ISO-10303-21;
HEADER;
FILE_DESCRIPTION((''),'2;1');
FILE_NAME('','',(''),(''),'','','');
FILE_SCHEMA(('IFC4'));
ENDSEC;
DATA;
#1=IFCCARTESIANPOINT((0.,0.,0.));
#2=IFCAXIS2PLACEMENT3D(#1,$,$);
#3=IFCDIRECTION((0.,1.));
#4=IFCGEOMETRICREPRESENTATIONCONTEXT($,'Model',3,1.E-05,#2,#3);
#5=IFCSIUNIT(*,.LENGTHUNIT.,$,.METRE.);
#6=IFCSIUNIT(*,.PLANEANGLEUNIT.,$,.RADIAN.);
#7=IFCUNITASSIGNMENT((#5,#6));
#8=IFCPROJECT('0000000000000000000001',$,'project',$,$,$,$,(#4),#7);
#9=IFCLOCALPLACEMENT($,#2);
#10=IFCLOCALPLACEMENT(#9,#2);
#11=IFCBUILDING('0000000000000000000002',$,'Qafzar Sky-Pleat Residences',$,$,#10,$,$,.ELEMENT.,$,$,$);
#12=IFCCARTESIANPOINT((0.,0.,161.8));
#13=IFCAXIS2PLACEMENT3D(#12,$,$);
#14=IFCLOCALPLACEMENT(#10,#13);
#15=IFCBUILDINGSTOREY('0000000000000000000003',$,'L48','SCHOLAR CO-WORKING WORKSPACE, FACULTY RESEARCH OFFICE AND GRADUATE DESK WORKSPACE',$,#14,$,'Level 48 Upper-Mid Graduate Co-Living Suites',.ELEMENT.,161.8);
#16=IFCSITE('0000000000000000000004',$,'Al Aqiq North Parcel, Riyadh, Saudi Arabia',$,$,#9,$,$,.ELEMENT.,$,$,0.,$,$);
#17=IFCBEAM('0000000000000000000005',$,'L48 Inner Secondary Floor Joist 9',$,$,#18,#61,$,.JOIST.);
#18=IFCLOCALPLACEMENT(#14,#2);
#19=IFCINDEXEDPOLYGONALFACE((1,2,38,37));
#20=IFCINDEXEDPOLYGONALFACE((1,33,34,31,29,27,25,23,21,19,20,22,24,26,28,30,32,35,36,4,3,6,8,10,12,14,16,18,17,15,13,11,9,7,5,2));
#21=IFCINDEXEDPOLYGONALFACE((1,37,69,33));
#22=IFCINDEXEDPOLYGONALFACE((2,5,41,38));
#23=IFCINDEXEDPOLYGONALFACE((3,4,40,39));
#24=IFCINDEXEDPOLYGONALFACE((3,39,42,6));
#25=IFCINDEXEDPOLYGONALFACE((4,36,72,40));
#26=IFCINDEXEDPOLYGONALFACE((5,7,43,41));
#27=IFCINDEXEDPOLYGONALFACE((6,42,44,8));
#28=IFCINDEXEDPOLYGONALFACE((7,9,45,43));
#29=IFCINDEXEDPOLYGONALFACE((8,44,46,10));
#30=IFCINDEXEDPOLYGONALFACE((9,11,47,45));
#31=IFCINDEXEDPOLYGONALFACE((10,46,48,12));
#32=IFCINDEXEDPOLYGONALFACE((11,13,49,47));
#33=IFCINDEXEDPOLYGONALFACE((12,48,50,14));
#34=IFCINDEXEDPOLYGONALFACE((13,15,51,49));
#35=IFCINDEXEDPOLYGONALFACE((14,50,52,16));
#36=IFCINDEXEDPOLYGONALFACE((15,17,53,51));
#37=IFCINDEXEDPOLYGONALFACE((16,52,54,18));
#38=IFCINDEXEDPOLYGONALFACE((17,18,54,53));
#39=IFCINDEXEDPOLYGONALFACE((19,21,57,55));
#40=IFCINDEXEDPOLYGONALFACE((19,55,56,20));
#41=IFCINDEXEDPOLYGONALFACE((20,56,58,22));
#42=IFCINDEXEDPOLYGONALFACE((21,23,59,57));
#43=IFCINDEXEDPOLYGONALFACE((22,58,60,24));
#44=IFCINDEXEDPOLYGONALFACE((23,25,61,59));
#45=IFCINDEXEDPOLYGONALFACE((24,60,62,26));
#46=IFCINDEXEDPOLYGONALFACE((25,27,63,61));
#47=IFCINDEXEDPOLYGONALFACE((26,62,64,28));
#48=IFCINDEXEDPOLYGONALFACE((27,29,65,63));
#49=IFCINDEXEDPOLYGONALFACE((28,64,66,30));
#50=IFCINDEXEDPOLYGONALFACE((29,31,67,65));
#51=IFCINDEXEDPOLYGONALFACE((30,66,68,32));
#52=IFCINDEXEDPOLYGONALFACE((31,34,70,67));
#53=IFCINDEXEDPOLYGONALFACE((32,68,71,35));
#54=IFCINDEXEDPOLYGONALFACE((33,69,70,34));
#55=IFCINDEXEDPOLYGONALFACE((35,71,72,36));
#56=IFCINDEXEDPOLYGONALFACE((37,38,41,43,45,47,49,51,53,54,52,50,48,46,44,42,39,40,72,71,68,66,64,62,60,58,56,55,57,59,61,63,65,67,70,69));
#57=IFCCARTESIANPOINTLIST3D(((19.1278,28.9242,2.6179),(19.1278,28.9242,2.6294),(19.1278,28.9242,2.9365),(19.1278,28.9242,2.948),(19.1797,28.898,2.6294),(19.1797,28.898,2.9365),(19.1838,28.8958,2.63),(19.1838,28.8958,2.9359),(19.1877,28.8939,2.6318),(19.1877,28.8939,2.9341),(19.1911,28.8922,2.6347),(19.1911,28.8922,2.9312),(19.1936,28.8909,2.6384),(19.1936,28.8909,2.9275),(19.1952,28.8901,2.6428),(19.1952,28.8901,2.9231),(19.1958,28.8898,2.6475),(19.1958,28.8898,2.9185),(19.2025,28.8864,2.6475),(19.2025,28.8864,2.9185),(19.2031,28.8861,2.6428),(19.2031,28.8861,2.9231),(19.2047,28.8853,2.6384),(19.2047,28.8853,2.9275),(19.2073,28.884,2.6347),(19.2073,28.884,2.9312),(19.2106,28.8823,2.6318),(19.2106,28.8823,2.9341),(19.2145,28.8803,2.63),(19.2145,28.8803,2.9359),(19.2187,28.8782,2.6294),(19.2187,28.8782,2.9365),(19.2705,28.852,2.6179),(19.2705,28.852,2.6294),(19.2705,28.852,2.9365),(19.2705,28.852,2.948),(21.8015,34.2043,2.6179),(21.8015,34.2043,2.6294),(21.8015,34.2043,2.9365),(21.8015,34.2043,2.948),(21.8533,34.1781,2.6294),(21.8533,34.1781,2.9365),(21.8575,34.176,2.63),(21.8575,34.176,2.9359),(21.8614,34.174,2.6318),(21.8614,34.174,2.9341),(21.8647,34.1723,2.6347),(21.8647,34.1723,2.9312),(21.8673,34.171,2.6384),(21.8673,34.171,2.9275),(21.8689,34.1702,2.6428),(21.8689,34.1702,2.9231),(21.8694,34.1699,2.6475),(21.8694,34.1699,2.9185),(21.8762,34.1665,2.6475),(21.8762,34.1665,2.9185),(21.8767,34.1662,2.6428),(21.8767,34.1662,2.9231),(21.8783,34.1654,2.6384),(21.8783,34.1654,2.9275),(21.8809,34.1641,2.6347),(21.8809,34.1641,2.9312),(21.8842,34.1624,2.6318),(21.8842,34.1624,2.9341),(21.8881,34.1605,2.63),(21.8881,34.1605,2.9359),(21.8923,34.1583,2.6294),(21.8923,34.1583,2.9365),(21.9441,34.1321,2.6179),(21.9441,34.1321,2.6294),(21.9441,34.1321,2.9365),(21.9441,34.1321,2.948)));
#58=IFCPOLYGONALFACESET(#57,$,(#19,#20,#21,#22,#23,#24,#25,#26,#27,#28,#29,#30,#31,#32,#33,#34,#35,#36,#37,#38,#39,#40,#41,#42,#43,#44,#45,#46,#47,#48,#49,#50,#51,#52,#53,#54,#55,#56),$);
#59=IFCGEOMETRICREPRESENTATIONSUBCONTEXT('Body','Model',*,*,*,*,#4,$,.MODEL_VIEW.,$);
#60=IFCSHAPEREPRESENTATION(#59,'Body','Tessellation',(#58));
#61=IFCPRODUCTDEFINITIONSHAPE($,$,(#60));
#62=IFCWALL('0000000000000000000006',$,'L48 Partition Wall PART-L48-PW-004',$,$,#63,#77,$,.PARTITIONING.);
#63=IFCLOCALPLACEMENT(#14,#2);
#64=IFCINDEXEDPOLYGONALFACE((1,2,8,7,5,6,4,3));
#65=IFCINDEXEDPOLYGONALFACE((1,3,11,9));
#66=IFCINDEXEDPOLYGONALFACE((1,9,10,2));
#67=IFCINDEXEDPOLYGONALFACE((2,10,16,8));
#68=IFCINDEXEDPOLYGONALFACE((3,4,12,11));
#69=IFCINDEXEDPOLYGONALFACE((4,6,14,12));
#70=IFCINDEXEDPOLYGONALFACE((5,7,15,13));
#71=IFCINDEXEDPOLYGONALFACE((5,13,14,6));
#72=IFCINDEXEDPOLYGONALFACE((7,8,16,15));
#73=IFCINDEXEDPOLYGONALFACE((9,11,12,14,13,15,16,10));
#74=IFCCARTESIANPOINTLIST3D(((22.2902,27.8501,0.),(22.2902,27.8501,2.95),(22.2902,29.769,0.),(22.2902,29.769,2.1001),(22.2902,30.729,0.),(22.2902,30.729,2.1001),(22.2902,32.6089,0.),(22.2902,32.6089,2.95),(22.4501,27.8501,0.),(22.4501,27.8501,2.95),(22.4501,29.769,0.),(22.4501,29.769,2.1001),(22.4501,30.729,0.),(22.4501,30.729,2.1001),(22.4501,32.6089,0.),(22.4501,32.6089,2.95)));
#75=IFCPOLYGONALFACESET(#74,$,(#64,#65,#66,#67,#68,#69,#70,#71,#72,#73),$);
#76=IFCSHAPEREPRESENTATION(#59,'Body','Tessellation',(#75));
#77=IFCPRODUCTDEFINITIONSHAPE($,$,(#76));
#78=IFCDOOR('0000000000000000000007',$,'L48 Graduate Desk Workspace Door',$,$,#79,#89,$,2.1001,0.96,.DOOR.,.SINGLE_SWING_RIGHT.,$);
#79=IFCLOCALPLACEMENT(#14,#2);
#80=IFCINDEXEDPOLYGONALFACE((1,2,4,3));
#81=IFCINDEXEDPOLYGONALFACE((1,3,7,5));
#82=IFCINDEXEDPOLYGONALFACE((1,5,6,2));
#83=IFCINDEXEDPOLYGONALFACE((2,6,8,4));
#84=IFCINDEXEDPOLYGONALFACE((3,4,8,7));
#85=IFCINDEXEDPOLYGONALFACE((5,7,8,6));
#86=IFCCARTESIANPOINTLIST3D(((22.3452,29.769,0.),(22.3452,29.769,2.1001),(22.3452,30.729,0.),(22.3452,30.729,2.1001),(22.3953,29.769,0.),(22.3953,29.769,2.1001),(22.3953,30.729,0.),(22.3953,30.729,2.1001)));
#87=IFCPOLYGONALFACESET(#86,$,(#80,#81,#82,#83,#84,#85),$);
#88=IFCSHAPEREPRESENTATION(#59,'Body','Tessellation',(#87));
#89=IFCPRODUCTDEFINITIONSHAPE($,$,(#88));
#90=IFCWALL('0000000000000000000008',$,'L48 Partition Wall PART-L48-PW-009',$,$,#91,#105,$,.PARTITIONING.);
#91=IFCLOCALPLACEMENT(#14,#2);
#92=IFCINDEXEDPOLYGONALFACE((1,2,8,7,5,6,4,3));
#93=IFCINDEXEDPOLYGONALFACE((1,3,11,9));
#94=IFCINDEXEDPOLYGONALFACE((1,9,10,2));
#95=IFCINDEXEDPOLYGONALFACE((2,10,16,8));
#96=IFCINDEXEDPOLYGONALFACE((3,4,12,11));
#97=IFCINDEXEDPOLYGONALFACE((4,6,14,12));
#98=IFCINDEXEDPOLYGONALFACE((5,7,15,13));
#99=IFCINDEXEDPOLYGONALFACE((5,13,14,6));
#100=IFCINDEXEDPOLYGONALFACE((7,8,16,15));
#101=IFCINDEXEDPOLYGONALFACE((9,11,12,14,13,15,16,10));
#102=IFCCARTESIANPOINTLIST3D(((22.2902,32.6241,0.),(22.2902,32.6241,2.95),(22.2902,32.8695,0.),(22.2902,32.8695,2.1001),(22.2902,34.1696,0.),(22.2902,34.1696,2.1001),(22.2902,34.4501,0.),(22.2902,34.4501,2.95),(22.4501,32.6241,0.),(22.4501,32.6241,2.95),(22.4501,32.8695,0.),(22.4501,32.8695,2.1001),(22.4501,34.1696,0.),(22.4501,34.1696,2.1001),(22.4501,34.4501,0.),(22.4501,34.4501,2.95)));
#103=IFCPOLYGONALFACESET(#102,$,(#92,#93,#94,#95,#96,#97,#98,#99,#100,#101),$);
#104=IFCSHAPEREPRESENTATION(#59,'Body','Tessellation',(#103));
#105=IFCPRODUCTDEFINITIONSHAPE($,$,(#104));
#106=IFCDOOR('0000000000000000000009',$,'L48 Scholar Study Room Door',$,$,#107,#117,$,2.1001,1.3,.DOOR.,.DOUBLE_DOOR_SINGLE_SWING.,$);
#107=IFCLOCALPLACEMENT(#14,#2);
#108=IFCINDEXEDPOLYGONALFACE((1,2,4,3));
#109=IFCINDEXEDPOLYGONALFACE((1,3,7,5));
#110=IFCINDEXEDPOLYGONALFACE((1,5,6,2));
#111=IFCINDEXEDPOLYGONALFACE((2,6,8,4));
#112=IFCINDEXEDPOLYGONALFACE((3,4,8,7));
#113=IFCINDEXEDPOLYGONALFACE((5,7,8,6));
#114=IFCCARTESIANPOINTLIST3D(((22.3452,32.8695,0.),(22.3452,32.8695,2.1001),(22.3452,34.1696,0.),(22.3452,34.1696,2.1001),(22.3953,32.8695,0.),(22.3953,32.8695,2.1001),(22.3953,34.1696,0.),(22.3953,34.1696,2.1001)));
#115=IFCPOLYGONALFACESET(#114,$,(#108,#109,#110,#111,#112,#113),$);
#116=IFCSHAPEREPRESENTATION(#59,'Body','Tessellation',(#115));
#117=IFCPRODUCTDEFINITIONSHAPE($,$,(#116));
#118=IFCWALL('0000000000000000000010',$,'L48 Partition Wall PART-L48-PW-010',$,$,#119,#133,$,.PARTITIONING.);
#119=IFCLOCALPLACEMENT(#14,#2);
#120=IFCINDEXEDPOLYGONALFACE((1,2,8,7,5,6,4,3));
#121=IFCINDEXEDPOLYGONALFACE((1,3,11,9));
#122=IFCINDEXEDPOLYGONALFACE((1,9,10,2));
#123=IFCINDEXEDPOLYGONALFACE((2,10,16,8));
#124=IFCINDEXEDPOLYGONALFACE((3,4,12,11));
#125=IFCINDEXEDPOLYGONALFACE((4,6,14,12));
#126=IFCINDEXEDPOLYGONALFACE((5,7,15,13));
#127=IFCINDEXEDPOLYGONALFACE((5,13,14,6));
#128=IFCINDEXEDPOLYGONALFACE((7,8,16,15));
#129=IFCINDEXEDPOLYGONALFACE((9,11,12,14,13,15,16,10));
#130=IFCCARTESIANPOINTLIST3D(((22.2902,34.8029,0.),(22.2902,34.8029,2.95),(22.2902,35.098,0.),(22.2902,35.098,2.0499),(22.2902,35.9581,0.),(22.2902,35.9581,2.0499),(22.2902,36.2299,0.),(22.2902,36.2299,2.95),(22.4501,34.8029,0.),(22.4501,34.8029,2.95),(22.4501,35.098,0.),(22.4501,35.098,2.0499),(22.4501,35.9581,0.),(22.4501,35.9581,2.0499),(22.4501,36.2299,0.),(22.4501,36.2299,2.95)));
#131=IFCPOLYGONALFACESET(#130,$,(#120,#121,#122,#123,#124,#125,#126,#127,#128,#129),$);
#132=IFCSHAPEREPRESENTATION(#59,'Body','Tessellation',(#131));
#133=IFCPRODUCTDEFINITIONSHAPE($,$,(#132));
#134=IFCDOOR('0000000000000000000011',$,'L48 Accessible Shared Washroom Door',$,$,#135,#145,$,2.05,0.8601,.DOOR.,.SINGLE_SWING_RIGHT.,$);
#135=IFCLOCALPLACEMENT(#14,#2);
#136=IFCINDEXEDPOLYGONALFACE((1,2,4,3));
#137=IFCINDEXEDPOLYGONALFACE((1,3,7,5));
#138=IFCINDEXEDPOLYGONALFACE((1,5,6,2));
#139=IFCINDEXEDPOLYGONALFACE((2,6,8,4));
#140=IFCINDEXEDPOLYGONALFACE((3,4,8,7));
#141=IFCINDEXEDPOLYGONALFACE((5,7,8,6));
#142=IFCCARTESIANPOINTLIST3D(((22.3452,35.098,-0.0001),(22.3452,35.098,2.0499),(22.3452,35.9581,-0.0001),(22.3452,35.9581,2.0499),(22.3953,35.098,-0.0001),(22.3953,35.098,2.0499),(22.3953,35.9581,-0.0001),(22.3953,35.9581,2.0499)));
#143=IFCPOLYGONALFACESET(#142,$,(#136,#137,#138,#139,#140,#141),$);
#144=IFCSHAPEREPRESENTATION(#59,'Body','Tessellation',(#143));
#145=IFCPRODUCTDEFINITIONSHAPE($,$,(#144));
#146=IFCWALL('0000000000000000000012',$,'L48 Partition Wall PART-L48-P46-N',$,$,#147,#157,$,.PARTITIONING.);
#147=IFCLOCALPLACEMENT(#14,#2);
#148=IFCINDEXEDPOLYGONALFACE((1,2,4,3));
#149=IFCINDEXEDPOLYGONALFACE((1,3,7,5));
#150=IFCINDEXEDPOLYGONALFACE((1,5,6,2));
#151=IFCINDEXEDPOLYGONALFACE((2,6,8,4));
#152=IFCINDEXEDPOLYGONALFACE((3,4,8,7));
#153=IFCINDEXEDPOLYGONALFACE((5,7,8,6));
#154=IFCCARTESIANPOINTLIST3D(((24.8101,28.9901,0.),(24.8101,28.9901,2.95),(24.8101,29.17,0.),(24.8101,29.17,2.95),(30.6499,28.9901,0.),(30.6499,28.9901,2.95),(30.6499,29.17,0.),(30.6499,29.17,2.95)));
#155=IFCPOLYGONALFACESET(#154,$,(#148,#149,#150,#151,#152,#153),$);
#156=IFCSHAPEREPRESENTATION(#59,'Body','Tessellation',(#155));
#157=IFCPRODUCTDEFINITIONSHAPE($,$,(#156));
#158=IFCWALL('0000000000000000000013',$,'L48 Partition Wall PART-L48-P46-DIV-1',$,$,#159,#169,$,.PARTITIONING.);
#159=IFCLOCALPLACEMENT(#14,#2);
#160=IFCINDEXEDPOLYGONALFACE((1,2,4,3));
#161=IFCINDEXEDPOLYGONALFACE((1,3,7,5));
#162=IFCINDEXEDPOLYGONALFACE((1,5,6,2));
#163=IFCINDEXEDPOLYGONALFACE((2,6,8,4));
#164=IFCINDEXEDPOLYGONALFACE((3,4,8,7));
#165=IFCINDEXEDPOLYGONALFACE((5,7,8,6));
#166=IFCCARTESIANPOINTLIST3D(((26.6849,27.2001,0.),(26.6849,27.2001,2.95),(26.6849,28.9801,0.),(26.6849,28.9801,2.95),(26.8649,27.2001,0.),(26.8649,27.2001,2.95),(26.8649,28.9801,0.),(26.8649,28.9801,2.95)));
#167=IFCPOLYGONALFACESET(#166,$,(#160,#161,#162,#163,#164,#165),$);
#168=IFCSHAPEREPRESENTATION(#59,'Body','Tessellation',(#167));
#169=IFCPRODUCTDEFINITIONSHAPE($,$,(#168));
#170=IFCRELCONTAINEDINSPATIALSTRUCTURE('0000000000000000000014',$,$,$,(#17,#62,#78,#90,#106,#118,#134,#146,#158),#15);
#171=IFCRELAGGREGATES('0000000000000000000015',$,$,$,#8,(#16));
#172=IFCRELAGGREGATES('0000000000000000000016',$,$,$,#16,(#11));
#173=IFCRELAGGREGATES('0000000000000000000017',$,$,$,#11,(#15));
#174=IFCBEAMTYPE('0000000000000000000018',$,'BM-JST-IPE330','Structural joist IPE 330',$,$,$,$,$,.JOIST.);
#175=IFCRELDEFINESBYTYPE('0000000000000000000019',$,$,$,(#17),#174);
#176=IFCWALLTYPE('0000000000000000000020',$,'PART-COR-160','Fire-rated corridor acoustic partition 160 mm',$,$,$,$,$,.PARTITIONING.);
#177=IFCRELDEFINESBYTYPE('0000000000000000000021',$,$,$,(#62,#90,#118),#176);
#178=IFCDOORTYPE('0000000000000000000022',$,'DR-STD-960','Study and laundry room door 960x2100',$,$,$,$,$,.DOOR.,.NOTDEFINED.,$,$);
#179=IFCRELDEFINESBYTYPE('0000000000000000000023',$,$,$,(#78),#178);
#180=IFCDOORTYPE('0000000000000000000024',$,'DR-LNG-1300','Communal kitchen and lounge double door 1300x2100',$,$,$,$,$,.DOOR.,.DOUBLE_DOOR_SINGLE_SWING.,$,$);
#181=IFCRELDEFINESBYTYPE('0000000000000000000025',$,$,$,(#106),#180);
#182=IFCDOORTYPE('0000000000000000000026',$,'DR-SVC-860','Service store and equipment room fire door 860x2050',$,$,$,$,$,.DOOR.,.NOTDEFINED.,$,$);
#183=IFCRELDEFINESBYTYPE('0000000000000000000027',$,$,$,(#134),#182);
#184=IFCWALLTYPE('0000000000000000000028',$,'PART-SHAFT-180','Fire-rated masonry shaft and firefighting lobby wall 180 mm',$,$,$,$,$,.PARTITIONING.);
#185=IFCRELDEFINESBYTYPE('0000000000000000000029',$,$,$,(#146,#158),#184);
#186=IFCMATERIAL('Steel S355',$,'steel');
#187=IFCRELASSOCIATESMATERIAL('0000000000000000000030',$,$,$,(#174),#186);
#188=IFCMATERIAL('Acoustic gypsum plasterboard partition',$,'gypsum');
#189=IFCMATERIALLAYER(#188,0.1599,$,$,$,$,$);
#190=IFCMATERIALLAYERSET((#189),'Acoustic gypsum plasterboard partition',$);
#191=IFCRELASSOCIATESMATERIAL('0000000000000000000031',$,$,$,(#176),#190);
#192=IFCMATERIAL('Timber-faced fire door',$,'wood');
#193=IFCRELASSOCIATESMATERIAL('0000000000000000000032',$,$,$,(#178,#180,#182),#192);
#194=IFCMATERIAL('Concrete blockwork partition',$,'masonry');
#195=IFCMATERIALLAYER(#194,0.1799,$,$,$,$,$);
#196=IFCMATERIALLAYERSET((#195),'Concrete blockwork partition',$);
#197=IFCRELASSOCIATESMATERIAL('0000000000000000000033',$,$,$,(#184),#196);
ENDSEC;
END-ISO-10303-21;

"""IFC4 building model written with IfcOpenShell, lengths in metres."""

from ifc_helpers import new_model, si_unit, direction, frame, frame_2d, origin, origin_2d, place, context, subcontext, project, spatial, rectangle, i_section, extrude, source, transform, mapped, material, layer, layer_set, material_profile, profile_set, type_object, element, fill, save


model = new_model("IFC4")

# Units and contexts
model_context = context("Model", 3, precision=1e-05, world=origin(), true_north=direction((0.0, 1.0)))
body_context = subcontext(model_context, "Body", "Model", "MODEL_VIEW")
ifc_project = project(units=[si_unit("LENGTHUNIT", "METRE"), si_unit("PLANEANGLEUNIT", "RADIAN")], contexts=[model_context])

# Site, building, storey
site_placement = place(None, origin())
site = spatial("IfcSite", under=ifc_project, at=site_placement, Name="Al Aqiq North Parcel, Riyadh, Saudi Arabia", CompositionType="ELEMENT", RefElevation=0.0)
building_placement = place(site_placement, origin())
building = spatial("IfcBuilding", under=site, at=building_placement, Name="Qafzar Sky-Pleat Residences", CompositionType="ELEMENT")
storey_placement = place(building_placement, frame((0.0, 0.0, 161.8)))
storey = spatial("IfcBuildingStorey", under=building, at=storey_placement, Name="L48", Description="SCHOLAR CO-WORKING WORKSPACE, FACULTY RESEARCH OFFICE AND GRADUATE DESK WORKSPACE", LongName="Level 48 Upper-Mid Graduate Co-Living Suites", CompositionType="ELEMENT", Elevation=161.8)

# Beam
ifc_material_1 = material(Name="Steel S355", Category="steel")
ifc_material_profile = material_profile(ifc_material_1, i_section(OverallWidth=0.1599, OverallDepth=0.3301, WebThickness=0.0076, FlangeThickness=0.0115, FilletRadius=0.0181, at=origin_2d()), Name="IPE 330")
ifc_profile_set = profile_set([ifc_material_profile], Name="Steel S355")
beam_type = type_object("IfcBeamType", Name="BM-JST-IPE330", Description="Structural joist IPE 330", PredefinedType="JOIST", material=ifc_profile_set)
shared_shape_1 = source(origin(), body_context, "Body", "SweptSolid", [
    extrude(i_section(OverallWidth=0.1599, OverallDepth=0.3301, WebThickness=0.0076, FlangeThickness=0.0115, FilletRadius=0.0181, at=origin_2d()), origin(), (0.0, 0.0, 1.0), 5.9185),
])
beam_placement = place(storey_placement, frame((21.8728, 34.1682, 2.783), z_axis=(-0.451746, -0.892147, 0.0), x_axis=(0.892147, -0.451746, 0.0)))
element("IfcBeam", 1, at=beam_placement, inside=storey, type_object=beam_type, Name="L48 Inner Secondary Floor Joist 9", PredefinedType="JOIST", context=body_context, shape_type="MappedRepresentation", body=[
    mapped(shared_shape_1, transform((0.0, 0.0, 0.0), x_axis=(1.0, 0.0, 0.0), y_axis=(0.0, 1.0, 0.0), z_axis=(0.0, 0.0, 1.0), scale=1.0)),
])

# Walls, openings, doors
ifc_material_2 = material(Name="Acoustic gypsum plasterboard partition", Category="gypsum")
ifc_layer_1 = layer(ifc_material_2, 0.1599)
ifc_layer_set_1 = layer_set([ifc_layer_1], Name="Acoustic gypsum plasterboard partition")
wall_type_1 = type_object("IfcWallType", Name="PART-COR-160", Description="Fire-rated corridor acoustic partition 160 mm", PredefinedType="PARTITIONING", material=ifc_layer_set_1)
wall_1_placement = place(storey_placement, frame((22.3701, 27.8501, 0.0), z_axis=(0.0, 0.0, 1.0), x_axis=(0.0, 1.0, 0.0)))
wall_1 = element("IfcWall", 2, at=wall_1_placement, inside=storey, type_object=wall_type_1, Name="L48 Partition Wall PART-L48-PW-004", PredefinedType="PARTITIONING", context=body_context, shape_type="SweptSolid", body=[
    extrude(rectangle(XDim=4.7588, YDim=0.1599, at=frame_2d((2.3794, 0.0))), origin(), (0.0, 0.0, 1.0), 2.95),
])
opening_1_placement = place(wall_1_placement, frame((1.9189, 0.0, 0.0)))
opening_1 = element("IfcOpeningElement", 3, at=opening_1_placement, cuts=wall_1, PredefinedType="OPENING", context=body_context, shape_type="SweptSolid", body=[
    extrude(rectangle(XDim=0.96, YDim=2.1001, at=frame_2d((0.48, 1.05))), frame((0.0, 0.0898, 0.0), z_axis=(0.0, -1.0, 0.0), x_axis=(1.0, 0.0, 0.0)), (0.0, 0.0, 1.0), 0.1799),
])
ifc_material_3 = material(Name="Timber-faced fire door", Category="wood")
door_type_1 = type_object("IfcDoorType", Name="DR-STD-960", Description="Study and laundry room door 960x2100", OperationType="NOTDEFINED", PredefinedType="DOOR", material=ifc_material_3)
shared_shape_2 = source(origin(), body_context, "Body", "SweptSolid", [
    extrude(rectangle(XDim=0.96, YDim=2.1001, at=frame_2d((0.48, 1.05))), frame((0.0, 0.0249, 0.0), z_axis=(0.0, -1.0, 0.0), x_axis=(1.0, 0.0, 0.0)), (0.0, 0.0, 1.0), 0.05),
])
door_1_placement = place(opening_1_placement, origin())
door_1 = element("IfcDoor", 4, at=door_1_placement, inside=storey, type_object=door_type_1, Name="L48 Graduate Desk Workspace Door", OperationType="SINGLE_SWING_RIGHT", OverallHeight=2.1001, OverallWidth=0.96, PredefinedType="DOOR", context=body_context, shape_type="MappedRepresentation", body=[
    mapped(shared_shape_2, transform((0.0, 0.0, 0.0), x_axis=(1.0, 0.0, 0.0), y_axis=(0.0, 1.0, 0.0), z_axis=(0.0, 0.0, 1.0), scale=1.0)),
])
fill(opening_1, door_1)
wall_2_placement = place(storey_placement, frame((22.3701, 32.624, 0.0), z_axis=(0.0, 0.0, 1.0), x_axis=(0.0, 1.0, 0.0)))
wall_2 = element("IfcWall", 5, at=wall_2_placement, inside=storey, type_object=wall_type_1, Name="L48 Partition Wall PART-L48-PW-009", PredefinedType="PARTITIONING", context=body_context, shape_type="SweptSolid", body=[
    extrude(rectangle(XDim=1.8259, YDim=0.1599, at=frame_2d((0.9131, 0.0))), origin(), (0.0, 0.0, 1.0), 2.95),
])
opening_2_placement = place(wall_2_placement, frame((0.2456, 0.0, 0.0)))
opening_2 = element("IfcOpeningElement", 6, at=opening_2_placement, cuts=wall_2, PredefinedType="OPENING", context=body_context, shape_type="SweptSolid", body=[
    extrude(rectangle(XDim=1.3, YDim=2.1001, at=frame_2d((0.6499, 1.05))), frame((0.0, 0.0898, 0.0), z_axis=(0.0, -1.0, 0.0), x_axis=(1.0, 0.0, 0.0)), (0.0, 0.0, 1.0), 0.1799),
])
door_type_2 = type_object("IfcDoorType", Name="DR-LNG-1300", Description="Communal kitchen and lounge double door 1300x2100", OperationType="DOUBLE_DOOR_SINGLE_SWING", PredefinedType="DOOR", material=ifc_material_3)
shared_shape_3 = source(origin(), body_context, "Body", "SweptSolid", [
    extrude(rectangle(XDim=1.3, YDim=2.1001, at=frame_2d((0.6499, 1.05))), frame((0.0, 0.0249, 0.0), z_axis=(0.0, -1.0, 0.0), x_axis=(1.0, 0.0, 0.0)), (0.0, 0.0, 1.0), 0.05),
])
door_2_placement = place(opening_2_placement, origin())
door_2 = element("IfcDoor", 7, at=door_2_placement, inside=storey, type_object=door_type_2, Name="L48 Scholar Study Room Door", OperationType="DOUBLE_DOOR_SINGLE_SWING", OverallHeight=2.1001, OverallWidth=1.3, PredefinedType="DOOR", context=body_context, shape_type="MappedRepresentation", body=[
    mapped(shared_shape_3, transform((0.0, 0.0, 0.0), x_axis=(1.0, 0.0, 0.0), y_axis=(0.0, 1.0, 0.0), z_axis=(0.0, 0.0, 1.0), scale=1.0)),
])
fill(opening_2, door_2)
wall_3_placement = place(storey_placement, frame((22.3701, 34.803, 0.0), z_axis=(0.0, 0.0, 1.0), x_axis=(0.0, 1.0, 0.0)))
wall_3 = element("IfcWall", 8, at=wall_3_placement, inside=storey, type_object=wall_type_1, Name="L48 Partition Wall PART-L48-PW-010", PredefinedType="PARTITIONING", context=body_context, shape_type="SweptSolid", body=[
    extrude(rectangle(XDim=1.427, YDim=0.1599, at=frame_2d((0.7134, 0.0))), origin(), (0.0, 0.0, 1.0), 2.95),
])
opening_3_placement = place(wall_3_placement, frame((0.2949, 0.0, 0.0)))
opening_3 = element("IfcOpeningElement", 9, at=opening_3_placement, cuts=wall_3, PredefinedType="OPENING", context=body_context, shape_type="SweptSolid", body=[
    extrude(rectangle(XDim=0.8601, YDim=2.05, at=frame_2d((0.4302, 1.0249))), frame((0.0, 0.0898, 0.0), z_axis=(0.0, -1.0, 0.0), x_axis=(1.0, 0.0, 0.0)), (0.0, 0.0, 1.0), 0.1799),
])
door_type_3 = type_object("IfcDoorType", Name="DR-SVC-860", Description="Service store and equipment room fire door 860x2050", OperationType="NOTDEFINED", PredefinedType="DOOR", material=ifc_material_3)
shared_shape_4 = source(origin(), body_context, "Body", "SweptSolid", [
    extrude(rectangle(XDim=0.8601, YDim=2.05, at=frame_2d((0.4302, 1.0249))), frame((0.0, 0.0249, 0.0), z_axis=(0.0, -1.0, 0.0), x_axis=(1.0, 0.0, 0.0)), (0.0, 0.0, 1.0), 0.05),
])
door_3_placement = place(opening_3_placement, origin())
door_3 = element("IfcDoor", 10, at=door_3_placement, inside=storey, type_object=door_type_3, Name="L48 Accessible Shared Washroom Door", OperationType="SINGLE_SWING_RIGHT", OverallHeight=2.05, OverallWidth=0.8601, PredefinedType="DOOR", context=body_context, shape_type="MappedRepresentation", body=[
    mapped(shared_shape_4, transform((0.0, 0.0, 0.0), x_axis=(1.0, 0.0, 0.0), y_axis=(0.0, 1.0, 0.0), z_axis=(0.0, 0.0, 1.0), scale=1.0)),
])
fill(opening_3, door_3)

# Wall
ifc_material_4 = material(Name="Concrete blockwork partition", Category="masonry")
ifc_layer_2 = layer(ifc_material_4, 0.1799)
ifc_layer_set_2 = layer_set([ifc_layer_2], Name="Concrete blockwork partition")
wall_type_2 = type_object("IfcWallType", Name="PART-SHAFT-180", Description="Fire-rated masonry shaft and firefighting lobby wall 180 mm", PredefinedType="PARTITIONING", material=ifc_layer_set_2)
wall_4_placement = place(storey_placement, frame((24.8101, 29.0801, 0.0), z_axis=(0.0, 0.0, 1.0), x_axis=(1.0, 0.0, 0.0)))
element("IfcWall", 11, at=wall_4_placement, inside=storey, type_object=wall_type_2, Name="L48 Partition Wall PART-L48-P46-N", PredefinedType="PARTITIONING", context=body_context, shape_type="SweptSolid", body=[
    extrude(rectangle(XDim=5.8398, YDim=0.1799, at=frame_2d((2.9199, 0.0))), origin(), (0.0, 0.0, 1.0), 2.95),
])

# Wall
wall_5_placement = place(storey_placement, frame((26.7749, 27.2, 0.0), z_axis=(0.0, 0.0, 1.0), x_axis=(0.0, 1.0, 0.0)))
element("IfcWall", 12, at=wall_5_placement, inside=storey, type_object=wall_type_2, Name="L48 Partition Wall PART-L48-P46-DIV-1", PredefinedType="PARTITIONING", context=body_context, shape_type="SweptSolid", body=[
    extrude(rectangle(XDim=1.78, YDim=0.1799, at=frame_2d((0.8901, 0.0))), origin(), (0.0, 0.0, 1.0), 2.95),
])

save(model, "model.ifc")
